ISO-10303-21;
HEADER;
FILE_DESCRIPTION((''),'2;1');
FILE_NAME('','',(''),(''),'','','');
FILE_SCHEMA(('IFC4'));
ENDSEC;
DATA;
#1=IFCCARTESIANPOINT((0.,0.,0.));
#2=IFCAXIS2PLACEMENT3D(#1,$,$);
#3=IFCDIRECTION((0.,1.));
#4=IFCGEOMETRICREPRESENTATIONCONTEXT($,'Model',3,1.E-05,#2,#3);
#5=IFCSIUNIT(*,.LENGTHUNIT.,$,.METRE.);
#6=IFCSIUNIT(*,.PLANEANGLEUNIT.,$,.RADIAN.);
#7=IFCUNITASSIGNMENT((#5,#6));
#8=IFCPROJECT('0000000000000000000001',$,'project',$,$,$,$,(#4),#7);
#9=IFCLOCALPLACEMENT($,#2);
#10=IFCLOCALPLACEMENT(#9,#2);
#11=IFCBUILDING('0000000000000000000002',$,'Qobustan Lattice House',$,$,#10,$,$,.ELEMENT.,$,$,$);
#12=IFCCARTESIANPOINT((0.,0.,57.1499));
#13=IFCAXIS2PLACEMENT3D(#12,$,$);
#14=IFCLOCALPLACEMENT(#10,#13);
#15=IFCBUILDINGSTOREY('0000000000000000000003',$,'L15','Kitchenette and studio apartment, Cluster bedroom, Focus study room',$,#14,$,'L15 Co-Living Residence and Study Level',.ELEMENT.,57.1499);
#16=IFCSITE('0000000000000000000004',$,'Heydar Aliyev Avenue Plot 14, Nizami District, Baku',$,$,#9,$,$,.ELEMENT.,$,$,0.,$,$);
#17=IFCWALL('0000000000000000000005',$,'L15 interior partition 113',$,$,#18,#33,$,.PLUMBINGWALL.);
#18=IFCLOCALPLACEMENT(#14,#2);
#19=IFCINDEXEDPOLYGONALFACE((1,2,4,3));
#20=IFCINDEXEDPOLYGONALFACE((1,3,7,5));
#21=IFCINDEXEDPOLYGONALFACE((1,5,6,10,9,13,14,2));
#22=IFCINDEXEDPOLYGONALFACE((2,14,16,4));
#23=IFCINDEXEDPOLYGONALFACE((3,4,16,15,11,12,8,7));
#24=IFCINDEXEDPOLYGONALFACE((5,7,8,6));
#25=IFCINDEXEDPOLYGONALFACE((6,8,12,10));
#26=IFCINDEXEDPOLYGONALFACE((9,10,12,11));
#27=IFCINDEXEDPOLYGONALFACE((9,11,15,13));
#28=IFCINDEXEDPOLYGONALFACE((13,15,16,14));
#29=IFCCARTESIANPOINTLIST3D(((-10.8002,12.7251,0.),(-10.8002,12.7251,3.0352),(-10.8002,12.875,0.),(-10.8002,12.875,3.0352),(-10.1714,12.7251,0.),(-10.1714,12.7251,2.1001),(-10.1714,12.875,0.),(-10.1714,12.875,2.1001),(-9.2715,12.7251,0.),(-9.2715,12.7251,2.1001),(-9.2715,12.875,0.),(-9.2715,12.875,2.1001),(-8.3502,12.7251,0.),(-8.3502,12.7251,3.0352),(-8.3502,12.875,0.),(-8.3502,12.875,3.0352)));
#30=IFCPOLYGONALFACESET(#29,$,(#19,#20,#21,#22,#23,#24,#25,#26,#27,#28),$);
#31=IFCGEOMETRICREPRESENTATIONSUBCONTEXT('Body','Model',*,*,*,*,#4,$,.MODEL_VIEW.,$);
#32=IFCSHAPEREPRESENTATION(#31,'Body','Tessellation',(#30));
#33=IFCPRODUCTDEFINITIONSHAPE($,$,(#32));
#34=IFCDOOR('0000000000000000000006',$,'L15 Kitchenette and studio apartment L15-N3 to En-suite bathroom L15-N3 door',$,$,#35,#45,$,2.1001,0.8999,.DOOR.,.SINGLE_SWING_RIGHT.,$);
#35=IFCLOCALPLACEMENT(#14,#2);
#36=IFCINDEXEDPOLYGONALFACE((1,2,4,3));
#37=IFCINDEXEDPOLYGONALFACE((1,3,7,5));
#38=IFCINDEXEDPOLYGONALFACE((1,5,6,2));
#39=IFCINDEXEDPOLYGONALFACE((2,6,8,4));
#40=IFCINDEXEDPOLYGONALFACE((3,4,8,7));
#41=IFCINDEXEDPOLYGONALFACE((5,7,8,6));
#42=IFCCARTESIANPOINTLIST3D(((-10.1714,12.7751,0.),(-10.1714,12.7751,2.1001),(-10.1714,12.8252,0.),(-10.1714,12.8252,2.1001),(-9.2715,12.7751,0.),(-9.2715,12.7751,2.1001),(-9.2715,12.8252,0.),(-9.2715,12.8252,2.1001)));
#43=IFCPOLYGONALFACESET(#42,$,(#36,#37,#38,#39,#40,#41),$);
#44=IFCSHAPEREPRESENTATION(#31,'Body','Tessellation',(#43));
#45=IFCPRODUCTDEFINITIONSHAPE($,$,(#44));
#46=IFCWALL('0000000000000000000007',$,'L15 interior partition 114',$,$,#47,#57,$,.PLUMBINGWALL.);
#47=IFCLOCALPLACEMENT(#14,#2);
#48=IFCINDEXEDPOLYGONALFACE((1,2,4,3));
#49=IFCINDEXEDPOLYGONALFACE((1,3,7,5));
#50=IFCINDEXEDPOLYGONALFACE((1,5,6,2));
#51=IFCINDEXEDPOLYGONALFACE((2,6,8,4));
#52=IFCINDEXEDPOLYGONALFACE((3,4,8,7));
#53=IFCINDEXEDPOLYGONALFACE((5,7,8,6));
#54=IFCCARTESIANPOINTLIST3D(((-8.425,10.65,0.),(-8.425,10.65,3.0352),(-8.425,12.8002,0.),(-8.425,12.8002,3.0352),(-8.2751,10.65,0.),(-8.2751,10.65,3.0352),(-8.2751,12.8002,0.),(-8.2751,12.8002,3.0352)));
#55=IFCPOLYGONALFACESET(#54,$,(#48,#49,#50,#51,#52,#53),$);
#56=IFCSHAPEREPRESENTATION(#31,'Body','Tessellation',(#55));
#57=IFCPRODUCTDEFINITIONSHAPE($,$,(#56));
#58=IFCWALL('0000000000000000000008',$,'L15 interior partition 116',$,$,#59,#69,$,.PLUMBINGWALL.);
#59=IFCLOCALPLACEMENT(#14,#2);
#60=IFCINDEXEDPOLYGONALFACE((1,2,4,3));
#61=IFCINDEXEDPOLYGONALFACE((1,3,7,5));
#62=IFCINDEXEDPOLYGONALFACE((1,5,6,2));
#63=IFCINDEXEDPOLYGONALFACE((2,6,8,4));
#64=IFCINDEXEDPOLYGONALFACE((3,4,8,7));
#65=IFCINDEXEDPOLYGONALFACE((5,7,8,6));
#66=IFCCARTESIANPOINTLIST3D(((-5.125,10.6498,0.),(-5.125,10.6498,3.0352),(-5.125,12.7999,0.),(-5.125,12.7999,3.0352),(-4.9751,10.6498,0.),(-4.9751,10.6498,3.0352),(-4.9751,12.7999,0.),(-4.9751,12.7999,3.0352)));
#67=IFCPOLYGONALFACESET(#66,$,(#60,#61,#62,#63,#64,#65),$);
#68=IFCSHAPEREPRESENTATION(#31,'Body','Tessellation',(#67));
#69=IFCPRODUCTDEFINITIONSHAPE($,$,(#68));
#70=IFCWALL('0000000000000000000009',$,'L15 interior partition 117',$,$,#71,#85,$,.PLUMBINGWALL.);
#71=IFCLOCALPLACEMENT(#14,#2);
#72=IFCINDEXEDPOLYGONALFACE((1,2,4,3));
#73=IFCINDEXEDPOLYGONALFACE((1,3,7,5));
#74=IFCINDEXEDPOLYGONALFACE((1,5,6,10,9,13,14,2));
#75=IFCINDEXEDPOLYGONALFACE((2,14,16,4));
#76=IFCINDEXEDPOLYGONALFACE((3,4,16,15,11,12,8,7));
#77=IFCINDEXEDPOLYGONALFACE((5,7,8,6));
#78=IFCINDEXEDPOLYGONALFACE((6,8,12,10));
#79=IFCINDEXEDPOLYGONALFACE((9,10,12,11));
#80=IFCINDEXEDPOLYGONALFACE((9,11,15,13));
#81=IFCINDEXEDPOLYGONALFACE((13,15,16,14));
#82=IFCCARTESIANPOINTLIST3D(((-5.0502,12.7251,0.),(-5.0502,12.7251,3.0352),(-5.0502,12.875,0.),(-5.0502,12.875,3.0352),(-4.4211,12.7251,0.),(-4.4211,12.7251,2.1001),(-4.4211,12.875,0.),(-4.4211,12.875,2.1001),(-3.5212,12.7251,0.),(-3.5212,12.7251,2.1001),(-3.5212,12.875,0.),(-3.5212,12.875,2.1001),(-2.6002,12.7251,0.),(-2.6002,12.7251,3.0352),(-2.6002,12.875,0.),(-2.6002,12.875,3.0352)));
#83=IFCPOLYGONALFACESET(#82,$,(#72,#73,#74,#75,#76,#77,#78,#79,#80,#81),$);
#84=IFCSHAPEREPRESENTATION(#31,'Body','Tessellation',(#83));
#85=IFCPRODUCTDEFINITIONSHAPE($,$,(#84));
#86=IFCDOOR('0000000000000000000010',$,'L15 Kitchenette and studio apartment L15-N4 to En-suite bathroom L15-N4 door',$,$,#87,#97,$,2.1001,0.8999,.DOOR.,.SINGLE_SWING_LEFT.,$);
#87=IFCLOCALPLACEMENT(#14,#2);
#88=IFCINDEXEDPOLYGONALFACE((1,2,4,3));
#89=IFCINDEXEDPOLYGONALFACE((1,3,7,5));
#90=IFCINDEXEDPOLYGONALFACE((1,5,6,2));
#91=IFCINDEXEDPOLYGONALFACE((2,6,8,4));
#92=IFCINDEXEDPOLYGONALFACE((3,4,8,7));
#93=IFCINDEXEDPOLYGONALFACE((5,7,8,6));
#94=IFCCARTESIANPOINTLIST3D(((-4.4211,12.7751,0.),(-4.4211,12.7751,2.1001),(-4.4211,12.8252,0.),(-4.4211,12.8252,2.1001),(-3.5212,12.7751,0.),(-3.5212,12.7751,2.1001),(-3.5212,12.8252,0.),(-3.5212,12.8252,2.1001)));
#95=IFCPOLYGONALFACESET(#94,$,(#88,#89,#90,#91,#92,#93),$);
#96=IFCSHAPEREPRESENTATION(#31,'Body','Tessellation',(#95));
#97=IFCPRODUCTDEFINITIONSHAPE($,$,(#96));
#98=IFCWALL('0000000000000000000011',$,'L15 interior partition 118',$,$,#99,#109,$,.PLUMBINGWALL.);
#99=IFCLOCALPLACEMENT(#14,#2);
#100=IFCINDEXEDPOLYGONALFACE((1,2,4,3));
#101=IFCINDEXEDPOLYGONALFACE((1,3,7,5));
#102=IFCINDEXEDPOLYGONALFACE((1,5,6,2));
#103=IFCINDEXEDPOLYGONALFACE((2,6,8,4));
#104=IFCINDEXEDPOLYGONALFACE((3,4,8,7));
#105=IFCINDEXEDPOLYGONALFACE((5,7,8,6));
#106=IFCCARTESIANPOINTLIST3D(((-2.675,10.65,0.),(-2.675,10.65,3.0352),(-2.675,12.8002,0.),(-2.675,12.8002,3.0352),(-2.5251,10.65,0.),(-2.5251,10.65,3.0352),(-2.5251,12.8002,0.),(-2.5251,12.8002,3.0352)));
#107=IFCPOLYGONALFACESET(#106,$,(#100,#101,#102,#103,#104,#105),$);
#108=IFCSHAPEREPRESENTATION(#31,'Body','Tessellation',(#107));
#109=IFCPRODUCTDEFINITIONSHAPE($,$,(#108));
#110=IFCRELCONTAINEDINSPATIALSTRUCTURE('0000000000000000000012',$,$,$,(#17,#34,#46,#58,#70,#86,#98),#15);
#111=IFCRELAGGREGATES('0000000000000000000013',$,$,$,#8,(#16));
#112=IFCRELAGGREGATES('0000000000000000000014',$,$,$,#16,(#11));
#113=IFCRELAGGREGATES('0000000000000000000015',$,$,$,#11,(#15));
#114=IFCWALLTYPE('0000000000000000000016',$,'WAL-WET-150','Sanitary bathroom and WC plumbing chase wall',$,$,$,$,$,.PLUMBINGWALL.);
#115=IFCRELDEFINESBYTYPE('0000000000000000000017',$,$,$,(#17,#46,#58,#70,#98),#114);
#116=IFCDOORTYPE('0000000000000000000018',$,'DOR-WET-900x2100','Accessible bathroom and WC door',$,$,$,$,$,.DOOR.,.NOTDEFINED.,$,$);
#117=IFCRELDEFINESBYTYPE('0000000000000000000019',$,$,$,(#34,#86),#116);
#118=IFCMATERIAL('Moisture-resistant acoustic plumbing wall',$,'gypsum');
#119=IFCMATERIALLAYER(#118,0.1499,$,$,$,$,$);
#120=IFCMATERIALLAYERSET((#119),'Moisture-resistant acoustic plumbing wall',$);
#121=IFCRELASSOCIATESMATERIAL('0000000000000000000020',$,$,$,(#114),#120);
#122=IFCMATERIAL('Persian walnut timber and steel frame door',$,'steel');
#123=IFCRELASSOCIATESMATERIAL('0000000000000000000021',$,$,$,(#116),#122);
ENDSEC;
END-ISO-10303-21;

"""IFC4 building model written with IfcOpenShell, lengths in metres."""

from ifc_helpers import new_model, si_unit, direction, frame, frame_2d, origin, place, context, subcontext, project, spatial, rectangle, extrude, material, layer, layer_set, type_object, element, fill, save


model = new_model("IFC4")

# Units and contexts
model_context = context("Model", 3, precision=1e-05, world=origin(), true_north=direction((0.0, 1.0)))
body_context = subcontext(model_context, "Body", "Model", "MODEL_VIEW")
ifc_project = project(units=[si_unit("LENGTHUNIT", "METRE"), si_unit("PLANEANGLEUNIT", "RADIAN")], contexts=[model_context])

# Site, building, storey
site_placement = place(None, origin())
site = spatial("IfcSite", under=ifc_project, at=site_placement, Name="Heydar Aliyev Avenue Plot 14, Nizami District, Baku", CompositionType="ELEMENT", RefElevation=0.0)
building_placement = place(site_placement, origin())
building = spatial("IfcBuilding", under=site, at=building_placement, Name="Qobustan Lattice House", CompositionType="ELEMENT")
storey_placement = place(building_placement, frame((0.0, 0.0, 57.1499)))
storey = spatial("IfcBuildingStorey", under=building, at=storey_placement, Name="L15", Description="Kitchenette and studio apartment, Cluster bedroom, Focus study room", LongName="L15 Co-Living Residence and Study Level", CompositionType="ELEMENT", Elevation=57.1499)

# Shared definitions
ifc_material_1 = material(Name="Moisture-resistant acoustic plumbing wall", Category="gypsum")
ifc_layer_1 = layer(ifc_material_1, 0.1499)
ifc_layer_set_1 = layer_set([ifc_layer_1], Name="Moisture-resistant acoustic plumbing wall")
wall_type_1 = type_object("IfcWallType", Name="WAL-WET-150", Description="Sanitary bathroom and WC plumbing chase wall", PredefinedType="PLUMBINGWALL", material=ifc_layer_set_1)

# Wall, opening, door
wall_1_placement = place(storey_placement, frame((-8.3501, 12.8, 0.0), z_axis=(0.0, 0.0, 1.0), x_axis=(-1.0, 0.0, 0.0)))
wall_1 = element("IfcWall", 1, at=wall_1_placement, inside=storey, type_object=wall_type_1, Name="L15 interior partition 113", PredefinedType="PLUMBINGWALL", context=body_context, shape_type="SweptSolid", body=[
    extrude(rectangle(XDim=2.45, YDim=0.1499, at=frame_2d((1.2251, 0.0))), origin(), (0.0, 0.0, 1.0), 3.0352),
])
opening_1_placement = place(wall_1_placement, frame((0.9214, 0.0, 0.0)))
opening_1 = element("IfcOpeningElement", 2, at=opening_1_placement, cuts=wall_1, PredefinedType="OPENING", context=body_context, shape_type="SweptSolid", body=[
    extrude(rectangle(XDim=0.8999, YDim=2.1001, at=frame_2d((0.45, 1.05))), frame((0.0, 0.085, 0.0), z_axis=(0.0, -1.0, 0.0), x_axis=(1.0, 0.0, 0.0)), (0.0, 0.0, 1.0), 0.1699),
])
ifc_material_2 = material(Name="Persian walnut timber and steel frame door", Category="steel")
door_type_1 = type_object("IfcDoorType", Name="DOR-WET-900x2100", Description="Accessible bathroom and WC door", OperationType="NOTDEFINED", PredefinedType="DOOR", material=ifc_material_2)
door_1_placement = place(opening_1_placement, origin())
door_1 = element("IfcDoor", 3, at=door_1_placement, inside=storey, type_object=door_type_1, Name="L15 Kitchenette and studio apartment L15-N3 to En-suite bathroom L15-N3 door", OperationType="SINGLE_SWING_RIGHT", OverallHeight=2.1001, OverallWidth=0.8999, PredefinedType="DOOR", context=body_context, shape_type="SweptSolid", body=[
    extrude(rectangle(XDim=0.8999, YDim=2.1001, at=frame_2d((0.45, 1.05))), frame((0.0, 0.0249, 0.0), z_axis=(0.0, -1.0, 0.0), x_axis=(1.0, 0.0, 0.0)), (0.0, 0.0, 1.0), 0.05),
])
fill(opening_1, door_1)

# Walls
for number, where, z_axis, x_axis, name in (
    (4, (-8.3501, 10.6499, 0.0), (0.0, 0.0, 1.0), (0.0, 1.0, 0.0), "L15 interior partition 114"),
    (5, (-5.05, 12.8, 0.0), (0.0, 0.0, 1.0), (0.0, -1.0, 0.0), "L15 interior partition 116"),
):
    element("IfcWall", number, at=place(storey_placement, frame(where, z_axis=z_axis, x_axis=x_axis)), inside=storey, type_object=wall_type_1, Name=name, PredefinedType="PLUMBINGWALL", context=body_context, shape_type="SweptSolid", body=[
        extrude(rectangle(XDim=2.1501, YDim=0.1499, at=frame_2d((1.0752, 0.0))), origin(), (0.0, 0.0, 1.0), 3.0352),
    ])

# Wall, opening, door
wall_2_placement = place(storey_placement, frame((-2.6001, 12.8, 0.0), z_axis=(0.0, 0.0, 1.0), x_axis=(-1.0, 0.0, 0.0)))
wall_2 = element("IfcWall", 6, at=wall_2_placement, inside=storey, type_object=wall_type_1, Name="L15 interior partition 117", PredefinedType="PLUMBINGWALL", context=body_context, shape_type="SweptSolid", body=[
    extrude(rectangle(XDim=2.45, YDim=0.1499, at=frame_2d((1.2251, 0.0))), origin(), (0.0, 0.0, 1.0), 3.0352),
])
opening_2_placement = place(wall_2_placement, frame((0.9211, 0.0, 0.0)))
opening_2 = element("IfcOpeningElement", 7, at=opening_2_placement, cuts=wall_2, PredefinedType="OPENING", context=body_context, shape_type="SweptSolid", body=[
    extrude(rectangle(XDim=0.8999, YDim=2.1001, at=frame_2d((0.45, 1.05))), frame((0.0, 0.085, 0.0), z_axis=(0.0, -1.0, 0.0), x_axis=(1.0, 0.0, 0.0)), (0.0, 0.0, 1.0), 0.1699),
])
door_2_placement = place(opening_2_placement, origin())
door_2 = element("IfcDoor", 8, at=door_2_placement, inside=storey, type_object=door_type_1, Name="L15 Kitchenette and studio apartment L15-N4 to En-suite bathroom L15-N4 door", OperationType="SINGLE_SWING_LEFT", OverallHeight=2.1001, OverallWidth=0.8999, PredefinedType="DOOR", context=body_context, shape_type="SweptSolid", body=[
    extrude(rectangle(XDim=0.8999, YDim=2.1001, at=frame_2d((0.45, 1.05))), frame((0.0, 0.0249, 0.0), z_axis=(0.0, -1.0, 0.0), x_axis=(1.0, 0.0, 0.0)), (0.0, 0.0, 1.0), 0.05),
])
fill(opening_2, door_2)

# Wall
wall_3_placement = place(storey_placement, frame((-2.6001, 10.6499, 0.0), z_axis=(0.0, 0.0, 1.0), x_axis=(0.0, 1.0, 0.0)))
element("IfcWall", 9, at=wall_3_placement, inside=storey, type_object=wall_type_1, Name="L15 interior partition 118", PredefinedType="PLUMBINGWALL", context=body_context, shape_type="SweptSolid", body=[
    extrude(rectangle(XDim=2.1501, YDim=0.1499, at=frame_2d((1.0752, 0.0))), origin(), (0.0, 0.0, 1.0), 3.0352),
])

save(model, "model.ifc")
